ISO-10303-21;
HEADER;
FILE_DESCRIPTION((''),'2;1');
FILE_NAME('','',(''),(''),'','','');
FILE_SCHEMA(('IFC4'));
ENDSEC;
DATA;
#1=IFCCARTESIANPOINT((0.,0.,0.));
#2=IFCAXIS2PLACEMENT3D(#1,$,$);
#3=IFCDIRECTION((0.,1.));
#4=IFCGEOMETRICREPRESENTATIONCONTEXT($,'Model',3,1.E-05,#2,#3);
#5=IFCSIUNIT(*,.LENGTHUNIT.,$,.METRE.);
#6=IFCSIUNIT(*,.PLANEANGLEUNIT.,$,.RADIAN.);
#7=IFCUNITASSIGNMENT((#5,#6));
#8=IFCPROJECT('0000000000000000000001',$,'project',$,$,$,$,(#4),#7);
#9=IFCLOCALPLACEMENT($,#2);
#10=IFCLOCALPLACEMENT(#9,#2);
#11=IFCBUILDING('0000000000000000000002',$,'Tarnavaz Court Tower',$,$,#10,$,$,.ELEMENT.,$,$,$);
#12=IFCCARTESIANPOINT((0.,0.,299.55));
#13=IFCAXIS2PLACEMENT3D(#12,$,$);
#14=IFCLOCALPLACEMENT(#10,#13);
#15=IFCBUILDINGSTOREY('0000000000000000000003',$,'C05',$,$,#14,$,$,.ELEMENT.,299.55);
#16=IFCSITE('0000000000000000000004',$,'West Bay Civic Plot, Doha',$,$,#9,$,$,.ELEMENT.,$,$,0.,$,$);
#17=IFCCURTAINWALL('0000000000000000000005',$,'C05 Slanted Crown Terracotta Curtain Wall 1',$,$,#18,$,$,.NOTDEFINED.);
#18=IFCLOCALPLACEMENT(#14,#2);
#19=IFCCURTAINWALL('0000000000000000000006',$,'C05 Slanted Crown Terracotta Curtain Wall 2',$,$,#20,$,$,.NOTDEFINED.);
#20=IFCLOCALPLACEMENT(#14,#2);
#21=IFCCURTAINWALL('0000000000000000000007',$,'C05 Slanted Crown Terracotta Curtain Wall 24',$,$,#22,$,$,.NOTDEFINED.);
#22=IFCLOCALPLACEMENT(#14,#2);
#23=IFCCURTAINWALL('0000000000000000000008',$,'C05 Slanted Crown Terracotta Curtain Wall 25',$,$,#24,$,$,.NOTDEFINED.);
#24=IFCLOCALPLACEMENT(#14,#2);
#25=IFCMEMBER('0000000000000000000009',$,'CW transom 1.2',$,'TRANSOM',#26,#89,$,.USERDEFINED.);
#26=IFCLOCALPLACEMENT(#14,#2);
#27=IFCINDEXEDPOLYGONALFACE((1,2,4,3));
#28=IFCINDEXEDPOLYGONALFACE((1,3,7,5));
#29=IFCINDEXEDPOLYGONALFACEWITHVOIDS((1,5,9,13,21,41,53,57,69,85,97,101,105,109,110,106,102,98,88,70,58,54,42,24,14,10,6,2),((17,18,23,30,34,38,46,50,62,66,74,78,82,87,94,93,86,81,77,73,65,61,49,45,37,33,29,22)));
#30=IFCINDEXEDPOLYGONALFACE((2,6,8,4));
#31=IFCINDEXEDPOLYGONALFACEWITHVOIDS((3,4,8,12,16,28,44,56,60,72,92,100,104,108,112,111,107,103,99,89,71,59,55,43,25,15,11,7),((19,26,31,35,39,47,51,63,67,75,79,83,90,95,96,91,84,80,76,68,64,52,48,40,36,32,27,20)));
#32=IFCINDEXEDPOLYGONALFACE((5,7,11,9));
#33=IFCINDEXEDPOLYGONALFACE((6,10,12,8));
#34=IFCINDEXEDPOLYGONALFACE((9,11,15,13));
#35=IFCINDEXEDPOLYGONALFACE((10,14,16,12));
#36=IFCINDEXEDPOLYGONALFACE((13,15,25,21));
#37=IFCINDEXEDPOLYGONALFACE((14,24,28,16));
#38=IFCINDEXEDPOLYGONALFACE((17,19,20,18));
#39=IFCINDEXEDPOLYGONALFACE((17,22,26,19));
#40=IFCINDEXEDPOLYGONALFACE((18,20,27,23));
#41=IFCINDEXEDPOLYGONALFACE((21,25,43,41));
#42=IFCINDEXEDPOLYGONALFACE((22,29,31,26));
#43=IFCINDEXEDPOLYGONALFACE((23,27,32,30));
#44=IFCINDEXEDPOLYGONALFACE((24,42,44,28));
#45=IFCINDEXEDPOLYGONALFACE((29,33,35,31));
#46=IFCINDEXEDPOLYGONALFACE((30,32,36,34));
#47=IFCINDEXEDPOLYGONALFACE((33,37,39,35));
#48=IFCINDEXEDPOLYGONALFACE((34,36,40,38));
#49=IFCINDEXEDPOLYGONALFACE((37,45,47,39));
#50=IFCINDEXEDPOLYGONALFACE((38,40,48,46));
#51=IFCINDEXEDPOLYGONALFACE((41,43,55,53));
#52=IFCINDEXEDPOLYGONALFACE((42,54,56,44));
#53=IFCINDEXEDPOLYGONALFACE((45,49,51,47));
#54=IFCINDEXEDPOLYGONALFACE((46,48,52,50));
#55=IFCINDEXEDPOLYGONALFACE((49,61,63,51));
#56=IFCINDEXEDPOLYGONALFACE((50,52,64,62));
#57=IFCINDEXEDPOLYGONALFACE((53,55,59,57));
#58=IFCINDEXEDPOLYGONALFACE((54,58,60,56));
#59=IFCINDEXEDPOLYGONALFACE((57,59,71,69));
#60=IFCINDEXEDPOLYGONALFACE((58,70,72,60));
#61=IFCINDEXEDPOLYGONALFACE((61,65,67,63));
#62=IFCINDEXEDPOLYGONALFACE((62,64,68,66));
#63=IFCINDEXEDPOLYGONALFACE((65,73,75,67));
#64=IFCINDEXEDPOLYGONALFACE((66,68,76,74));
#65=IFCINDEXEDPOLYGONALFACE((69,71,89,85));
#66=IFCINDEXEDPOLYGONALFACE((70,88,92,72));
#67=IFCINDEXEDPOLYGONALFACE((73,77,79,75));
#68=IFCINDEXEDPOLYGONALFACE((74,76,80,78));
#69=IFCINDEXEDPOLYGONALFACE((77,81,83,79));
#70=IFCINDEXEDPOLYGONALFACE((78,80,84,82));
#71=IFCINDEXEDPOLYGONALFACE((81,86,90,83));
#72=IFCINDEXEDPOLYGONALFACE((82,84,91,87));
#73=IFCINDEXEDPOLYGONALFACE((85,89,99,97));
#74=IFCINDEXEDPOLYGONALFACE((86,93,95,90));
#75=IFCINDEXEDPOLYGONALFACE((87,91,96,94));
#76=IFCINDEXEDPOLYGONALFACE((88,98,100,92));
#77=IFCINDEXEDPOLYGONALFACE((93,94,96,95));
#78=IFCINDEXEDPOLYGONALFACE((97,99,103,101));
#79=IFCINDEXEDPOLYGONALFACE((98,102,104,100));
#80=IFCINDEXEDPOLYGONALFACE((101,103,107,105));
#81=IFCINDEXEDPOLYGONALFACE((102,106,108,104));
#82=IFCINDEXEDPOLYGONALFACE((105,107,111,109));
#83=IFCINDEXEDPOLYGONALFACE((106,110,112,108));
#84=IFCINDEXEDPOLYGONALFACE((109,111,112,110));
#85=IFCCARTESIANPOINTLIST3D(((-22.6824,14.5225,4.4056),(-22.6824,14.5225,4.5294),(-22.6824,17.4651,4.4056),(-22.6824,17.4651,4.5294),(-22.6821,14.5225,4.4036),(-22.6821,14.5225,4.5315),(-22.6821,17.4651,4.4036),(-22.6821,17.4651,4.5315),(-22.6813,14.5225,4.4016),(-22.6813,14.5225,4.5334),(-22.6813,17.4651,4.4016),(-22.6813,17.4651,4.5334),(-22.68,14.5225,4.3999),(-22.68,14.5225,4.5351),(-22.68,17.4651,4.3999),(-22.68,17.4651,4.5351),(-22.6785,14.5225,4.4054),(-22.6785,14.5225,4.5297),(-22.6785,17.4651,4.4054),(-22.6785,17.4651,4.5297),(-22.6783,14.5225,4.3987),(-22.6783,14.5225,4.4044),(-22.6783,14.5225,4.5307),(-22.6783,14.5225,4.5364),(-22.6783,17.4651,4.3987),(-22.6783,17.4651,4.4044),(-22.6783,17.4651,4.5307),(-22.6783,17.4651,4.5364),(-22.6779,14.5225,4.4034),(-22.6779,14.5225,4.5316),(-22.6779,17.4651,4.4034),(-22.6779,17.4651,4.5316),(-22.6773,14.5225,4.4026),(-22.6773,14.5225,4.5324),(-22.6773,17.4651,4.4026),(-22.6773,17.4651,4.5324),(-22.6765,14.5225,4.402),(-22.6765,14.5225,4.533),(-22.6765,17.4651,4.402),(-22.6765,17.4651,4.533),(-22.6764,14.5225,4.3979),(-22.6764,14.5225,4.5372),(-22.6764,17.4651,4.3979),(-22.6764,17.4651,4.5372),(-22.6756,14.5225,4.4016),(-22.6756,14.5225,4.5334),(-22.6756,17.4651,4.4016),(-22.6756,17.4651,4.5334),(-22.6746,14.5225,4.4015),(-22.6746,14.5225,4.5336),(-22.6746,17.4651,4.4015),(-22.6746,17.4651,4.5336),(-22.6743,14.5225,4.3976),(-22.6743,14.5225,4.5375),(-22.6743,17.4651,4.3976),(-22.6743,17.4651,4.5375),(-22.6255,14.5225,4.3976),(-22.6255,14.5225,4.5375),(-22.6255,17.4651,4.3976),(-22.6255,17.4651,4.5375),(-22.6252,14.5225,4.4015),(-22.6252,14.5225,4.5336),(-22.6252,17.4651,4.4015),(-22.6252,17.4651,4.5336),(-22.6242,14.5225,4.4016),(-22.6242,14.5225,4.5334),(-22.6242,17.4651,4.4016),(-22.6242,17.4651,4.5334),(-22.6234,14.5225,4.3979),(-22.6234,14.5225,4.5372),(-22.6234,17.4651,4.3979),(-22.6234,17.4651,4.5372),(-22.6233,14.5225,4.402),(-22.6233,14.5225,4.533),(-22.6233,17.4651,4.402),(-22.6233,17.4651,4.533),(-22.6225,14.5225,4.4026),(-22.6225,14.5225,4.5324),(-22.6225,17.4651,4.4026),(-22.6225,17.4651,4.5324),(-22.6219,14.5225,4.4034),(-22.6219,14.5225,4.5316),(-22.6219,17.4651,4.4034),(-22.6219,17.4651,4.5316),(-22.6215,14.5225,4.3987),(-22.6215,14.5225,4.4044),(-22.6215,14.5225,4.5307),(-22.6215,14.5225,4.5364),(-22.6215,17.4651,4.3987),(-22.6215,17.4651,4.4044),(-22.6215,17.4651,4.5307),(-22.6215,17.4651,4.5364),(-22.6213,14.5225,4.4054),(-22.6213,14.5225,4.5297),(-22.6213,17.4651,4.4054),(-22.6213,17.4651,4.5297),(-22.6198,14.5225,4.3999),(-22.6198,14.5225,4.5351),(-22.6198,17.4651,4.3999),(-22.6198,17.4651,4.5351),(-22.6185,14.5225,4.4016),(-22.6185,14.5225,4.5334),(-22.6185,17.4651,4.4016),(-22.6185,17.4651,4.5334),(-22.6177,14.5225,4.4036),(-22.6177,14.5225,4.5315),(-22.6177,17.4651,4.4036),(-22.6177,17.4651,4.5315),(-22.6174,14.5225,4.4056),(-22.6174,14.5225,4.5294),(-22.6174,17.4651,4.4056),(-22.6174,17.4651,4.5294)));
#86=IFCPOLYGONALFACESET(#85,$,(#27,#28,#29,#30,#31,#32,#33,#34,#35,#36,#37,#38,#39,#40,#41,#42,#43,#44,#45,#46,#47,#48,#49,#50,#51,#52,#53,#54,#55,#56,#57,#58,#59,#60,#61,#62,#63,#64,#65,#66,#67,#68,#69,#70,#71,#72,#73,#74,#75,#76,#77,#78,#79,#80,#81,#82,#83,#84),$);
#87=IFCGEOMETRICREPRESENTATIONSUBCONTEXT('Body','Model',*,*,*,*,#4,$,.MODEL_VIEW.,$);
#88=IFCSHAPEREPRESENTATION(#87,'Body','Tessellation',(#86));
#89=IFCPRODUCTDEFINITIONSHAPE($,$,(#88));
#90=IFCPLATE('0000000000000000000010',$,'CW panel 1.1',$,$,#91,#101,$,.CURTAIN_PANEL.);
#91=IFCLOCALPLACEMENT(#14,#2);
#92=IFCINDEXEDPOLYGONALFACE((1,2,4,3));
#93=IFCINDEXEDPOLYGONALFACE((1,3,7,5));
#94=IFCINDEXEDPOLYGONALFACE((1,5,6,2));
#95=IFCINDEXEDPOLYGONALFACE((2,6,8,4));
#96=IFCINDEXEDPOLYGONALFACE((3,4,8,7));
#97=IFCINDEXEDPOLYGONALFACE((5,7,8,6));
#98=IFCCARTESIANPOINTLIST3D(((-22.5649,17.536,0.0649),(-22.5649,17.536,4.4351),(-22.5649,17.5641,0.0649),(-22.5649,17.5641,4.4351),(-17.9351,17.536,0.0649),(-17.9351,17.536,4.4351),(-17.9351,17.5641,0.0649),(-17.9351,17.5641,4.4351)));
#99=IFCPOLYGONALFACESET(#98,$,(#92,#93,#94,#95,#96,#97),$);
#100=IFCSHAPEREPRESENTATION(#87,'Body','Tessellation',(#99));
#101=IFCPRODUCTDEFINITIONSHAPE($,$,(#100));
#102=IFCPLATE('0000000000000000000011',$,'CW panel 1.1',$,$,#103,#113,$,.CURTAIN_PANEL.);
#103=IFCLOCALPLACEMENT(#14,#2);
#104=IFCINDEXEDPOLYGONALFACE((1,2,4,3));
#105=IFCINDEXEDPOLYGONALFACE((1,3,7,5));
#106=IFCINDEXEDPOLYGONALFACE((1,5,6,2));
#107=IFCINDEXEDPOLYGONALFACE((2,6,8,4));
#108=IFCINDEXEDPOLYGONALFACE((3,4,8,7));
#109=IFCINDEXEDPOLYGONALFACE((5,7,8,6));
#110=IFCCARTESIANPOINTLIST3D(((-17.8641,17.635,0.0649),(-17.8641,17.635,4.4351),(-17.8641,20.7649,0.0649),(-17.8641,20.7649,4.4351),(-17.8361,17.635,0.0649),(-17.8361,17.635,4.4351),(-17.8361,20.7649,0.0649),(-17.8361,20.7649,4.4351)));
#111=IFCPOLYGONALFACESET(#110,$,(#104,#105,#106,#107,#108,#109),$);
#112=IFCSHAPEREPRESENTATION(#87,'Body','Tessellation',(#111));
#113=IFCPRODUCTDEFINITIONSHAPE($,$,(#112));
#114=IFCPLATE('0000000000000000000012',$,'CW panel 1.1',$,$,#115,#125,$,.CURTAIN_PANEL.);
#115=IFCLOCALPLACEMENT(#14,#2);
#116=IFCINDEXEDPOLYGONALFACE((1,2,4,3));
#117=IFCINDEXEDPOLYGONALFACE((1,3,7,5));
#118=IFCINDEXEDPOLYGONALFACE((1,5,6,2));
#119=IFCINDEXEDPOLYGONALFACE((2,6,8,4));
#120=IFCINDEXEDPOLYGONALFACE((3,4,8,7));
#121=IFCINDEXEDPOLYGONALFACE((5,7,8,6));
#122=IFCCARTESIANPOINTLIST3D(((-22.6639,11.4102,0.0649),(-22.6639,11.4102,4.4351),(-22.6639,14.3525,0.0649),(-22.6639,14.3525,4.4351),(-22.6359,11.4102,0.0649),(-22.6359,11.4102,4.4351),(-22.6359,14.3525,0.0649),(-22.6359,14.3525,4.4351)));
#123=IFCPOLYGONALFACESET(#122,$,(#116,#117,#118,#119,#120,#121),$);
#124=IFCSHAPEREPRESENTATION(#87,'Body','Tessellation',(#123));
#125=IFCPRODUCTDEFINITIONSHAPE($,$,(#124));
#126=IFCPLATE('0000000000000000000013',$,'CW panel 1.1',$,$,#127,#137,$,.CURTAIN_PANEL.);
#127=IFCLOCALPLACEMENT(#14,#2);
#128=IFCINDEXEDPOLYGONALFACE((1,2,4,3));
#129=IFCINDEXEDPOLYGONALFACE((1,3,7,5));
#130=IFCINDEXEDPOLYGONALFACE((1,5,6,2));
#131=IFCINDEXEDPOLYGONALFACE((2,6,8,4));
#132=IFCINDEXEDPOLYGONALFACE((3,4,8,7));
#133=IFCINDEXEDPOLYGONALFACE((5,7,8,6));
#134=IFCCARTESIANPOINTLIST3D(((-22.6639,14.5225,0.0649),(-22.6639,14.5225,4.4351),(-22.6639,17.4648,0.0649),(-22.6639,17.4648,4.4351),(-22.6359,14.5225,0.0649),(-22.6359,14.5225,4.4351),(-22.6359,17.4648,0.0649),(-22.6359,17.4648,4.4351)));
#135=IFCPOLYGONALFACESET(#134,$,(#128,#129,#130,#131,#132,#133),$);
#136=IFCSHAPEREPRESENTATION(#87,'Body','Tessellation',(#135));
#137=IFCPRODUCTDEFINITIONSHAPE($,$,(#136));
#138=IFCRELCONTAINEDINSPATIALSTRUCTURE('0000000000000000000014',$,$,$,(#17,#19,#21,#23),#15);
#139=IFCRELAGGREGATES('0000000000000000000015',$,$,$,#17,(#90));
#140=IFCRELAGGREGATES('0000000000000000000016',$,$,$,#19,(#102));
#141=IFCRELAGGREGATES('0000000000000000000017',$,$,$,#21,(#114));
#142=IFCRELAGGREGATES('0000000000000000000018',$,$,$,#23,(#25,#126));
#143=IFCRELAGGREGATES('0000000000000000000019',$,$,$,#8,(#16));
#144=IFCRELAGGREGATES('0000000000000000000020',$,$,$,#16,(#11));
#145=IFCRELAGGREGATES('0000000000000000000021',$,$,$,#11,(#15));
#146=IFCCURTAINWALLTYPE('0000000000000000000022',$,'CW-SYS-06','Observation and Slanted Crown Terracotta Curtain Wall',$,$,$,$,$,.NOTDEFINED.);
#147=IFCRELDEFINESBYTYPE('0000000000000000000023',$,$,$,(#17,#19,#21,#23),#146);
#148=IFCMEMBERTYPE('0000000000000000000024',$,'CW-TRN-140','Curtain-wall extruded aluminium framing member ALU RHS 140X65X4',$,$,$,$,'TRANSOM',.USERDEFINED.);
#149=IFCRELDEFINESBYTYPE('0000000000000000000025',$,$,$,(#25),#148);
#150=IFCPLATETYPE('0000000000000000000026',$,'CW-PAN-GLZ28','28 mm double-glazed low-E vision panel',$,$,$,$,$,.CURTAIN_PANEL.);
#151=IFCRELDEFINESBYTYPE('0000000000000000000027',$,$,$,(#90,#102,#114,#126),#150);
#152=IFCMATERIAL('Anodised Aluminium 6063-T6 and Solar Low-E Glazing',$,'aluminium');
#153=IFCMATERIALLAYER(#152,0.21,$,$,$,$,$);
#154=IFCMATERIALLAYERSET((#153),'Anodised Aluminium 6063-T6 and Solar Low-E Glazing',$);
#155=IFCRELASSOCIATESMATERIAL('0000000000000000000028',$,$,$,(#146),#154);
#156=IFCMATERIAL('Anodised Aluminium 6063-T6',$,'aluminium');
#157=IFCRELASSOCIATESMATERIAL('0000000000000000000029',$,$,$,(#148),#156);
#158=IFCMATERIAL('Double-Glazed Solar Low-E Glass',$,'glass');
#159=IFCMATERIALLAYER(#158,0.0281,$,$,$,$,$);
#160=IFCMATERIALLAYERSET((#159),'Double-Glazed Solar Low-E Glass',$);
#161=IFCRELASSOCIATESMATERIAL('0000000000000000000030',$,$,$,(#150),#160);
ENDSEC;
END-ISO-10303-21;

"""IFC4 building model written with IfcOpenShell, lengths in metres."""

from ifc_helpers import new_model, si_unit, direction, frame, origin, origin_2d, place, context, subcontext, project, spatial, rectangle, hollow_rectangle, extrude, material, layer, layer_set, material_profile, profile_set, type_object, element, aggregate, save


model = new_model("IFC4")

# Units and contexts
model_context = context("Model", 3, precision=1e-05, world=origin(), true_north=direction((0.0, 1.0)))
body_context = subcontext(model_context, "Body", "Model", "MODEL_VIEW")
ifc_project = project(units=[si_unit("LENGTHUNIT", "METRE"), si_unit("PLANEANGLEUNIT", "RADIAN")], contexts=[model_context])

# Site, building, storey
site_placement = place(None, origin())
site = spatial("IfcSite", under=ifc_project, at=site_placement, Name="West Bay Civic Plot, Doha", CompositionType="ELEMENT", RefElevation=0.0)
building_placement = place(site_placement, origin())
building = spatial("IfcBuilding", under=site, at=building_placement, Name="Tarnavaz Court Tower", CompositionType="ELEMENT")
storey_placement = place(building_placement, frame((0.0, 0.0, 299.55)))
storey = spatial("IfcBuildingStorey", under=building, at=storey_placement, Name="C05", CompositionType="ELEMENT", Elevation=299.55)

# Curtain wall
ifc_material_1 = material(Name="Anodised Aluminium 6063-T6 and Solar Low-E Glazing", Category="aluminium")
ifc_layer_1 = layer(ifc_material_1, 0.21)
ifc_layer_set_1 = layer_set([ifc_layer_1], Name="Anodised Aluminium 6063-T6 and Solar Low-E Glazing")
curtain_wall_type = type_object("IfcCurtainWallType", Name="CW-SYS-06", Description="Observation and Slanted Crown Terracotta Curtain Wall", PredefinedType="NOTDEFINED", material=ifc_layer_set_1)
curtain_wall_1_placement = place(storey_placement, origin())
curtain_wall_1 = element("IfcCurtainWall", 1, at=curtain_wall_1_placement, inside=storey, type_object=curtain_wall_type, Name="C05 Slanted Crown Terracotta Curtain Wall 1", PredefinedType="NOTDEFINED")
ifc_material_2 = material(Name="Anodised Aluminium 6063-T6", Category="aluminium")

# Curtain wall
curtain_wall_2_placement = place(storey_placement, origin())
curtain_wall_2 = element("IfcCurtainWall", 2, at=curtain_wall_2_placement, inside=storey, type_object=curtain_wall_type, Name="C05 Slanted Crown Terracotta Curtain Wall 2", PredefinedType="NOTDEFINED")

# Curtain walls
curtain_wall_3_placement = place(storey_placement, origin())
curtain_wall_3 = element("IfcCurtainWall", 3, at=curtain_wall_3_placement, inside=storey, type_object=curtain_wall_type, Name="C05 Slanted Crown Terracotta Curtain Wall 24", PredefinedType="NOTDEFINED")
curtain_wall_4_placement = place(storey_placement, origin())
curtain_wall_4 = element("IfcCurtainWall", 4, at=curtain_wall_4_placement, inside=storey, type_object=curtain_wall_type, Name="C05 Slanted Crown Terracotta Curtain Wall 25", PredefinedType="NOTDEFINED")

# Member
ifc_material_profile_1 = material_profile(ifc_material_2, hollow_rectangle(XDim=0.0649, YDim=0.1399, WallThickness=0.0039, InnerFilletRadius=0.0039, OuterFilletRadius=0.0081, at=origin_2d()), Name="ALU RHS 140X65X4")
ifc_profile_set_1 = profile_set([ifc_material_profile_1], Name="Anodised Aluminium 6063-T6")
member_type_1 = type_object("IfcMemberType", Name="CW-TRN-140", Description="Curtain-wall extruded aluminium framing member ALU RHS 140X65X4", ElementType="TRANSOM", PredefinedType="USERDEFINED", material=ifc_profile_set_1)
member_1_placement = place(storey_placement, frame((-22.6499, 14.5225, 4.4675), z_axis=(0.0, 1.0, 0.0), x_axis=(-1.0, 0.0, 0.0)))
member_1 = element("IfcMember", 5, at=member_1_placement, type_object=member_type_1, Name="CW transom 1.2", ObjectType="TRANSOM", PredefinedType="USERDEFINED", context=body_context, shape_type="SweptSolid", body=[
    extrude(hollow_rectangle(XDim=0.0649, YDim=0.1399, WallThickness=0.0039, InnerFilletRadius=0.0039, OuterFilletRadius=0.0081, at=origin_2d()), origin(), (0.0, 0.0, 1.0), 2.9426),
])

# Plates
ifc_material_3 = material(Name="Double-Glazed Solar Low-E Glass", Category="glass")
ifc_layer_2 = layer(ifc_material_3, 0.0281)
ifc_layer_set_2 = layer_set([ifc_layer_2], Name="Double-Glazed Solar Low-E Glass")
plate_type = type_object("IfcPlateType", Name="CW-PAN-GLZ28", Description="28 mm double-glazed low-E vision panel", PredefinedType="CURTAIN_PANEL", material=ifc_layer_set_2)
plate_1_placement = place(storey_placement, frame((-20.25, 17.55, 0.0649), z_axis=(0.0, 0.0, 1.0), x_axis=(1.0, 0.0, 0.0)))
plate_1 = element("IfcPlate", 6, at=plate_1_placement, type_object=plate_type, Name="CW panel 1.1", PredefinedType="CURTAIN_PANEL", context=body_context, shape_type="SweptSolid", body=[
    extrude(rectangle(XDim=4.6299, YDim=0.0281, at=origin_2d()), origin(), (0.0, 0.0, 1.0), 4.3701),
])
aggregate(curtain_wall_1, [plate_1])
plate_2_placement = place(storey_placement, frame((-17.8501, 19.2, 0.0649), z_axis=(0.0, 0.0, 1.0), x_axis=(0.0, 1.0, 0.0)))
plate_2 = element("IfcPlate", 7, at=plate_2_placement, type_object=plate_type, Name="CW panel 1.1", PredefinedType="CURTAIN_PANEL", context=body_context, shape_type="SweptSolid", body=[
    extrude(rectangle(XDim=3.1299, YDim=0.0281, at=origin_2d()), origin(), (0.0, 0.0, 1.0), 4.3701),
])
aggregate(curtain_wall_2, [plate_2])
plate_3_placement = place(storey_placement, frame((-22.6499, 12.8813, 0.0649), z_axis=(0.0, 0.0, 1.0), x_axis=(0.0, 1.0, 0.0)))
plate_3 = element("IfcPlate", 8, at=plate_3_placement, type_object=plate_type, Name="CW panel 1.1", PredefinedType="CURTAIN_PANEL", context=body_context, shape_type="SweptSolid", body=[
    extrude(rectangle(XDim=2.9424, YDim=0.0281, at=origin_2d()), origin(), (0.0, 0.0, 1.0), 4.3701),
])
aggregate(curtain_wall_3, [plate_3])
plate_4_placement = place(storey_placement, frame((-22.6499, 15.9937, 0.0649), z_axis=(0.0, 0.0, 1.0), x_axis=(0.0, 1.0, 0.0)))
plate_4 = element("IfcPlate", 9, at=plate_4_placement, type_object=plate_type, Name="CW panel 1.1", PredefinedType="CURTAIN_PANEL", context=body_context, shape_type="SweptSolid", body=[
    extrude(rectangle(XDim=2.9424, YDim=0.0281, at=origin_2d()), origin(), (0.0, 0.0, 1.0), 4.3701),
])
aggregate(curtain_wall_4, [member_1, plate_4])

save(model, "model.ifc")
